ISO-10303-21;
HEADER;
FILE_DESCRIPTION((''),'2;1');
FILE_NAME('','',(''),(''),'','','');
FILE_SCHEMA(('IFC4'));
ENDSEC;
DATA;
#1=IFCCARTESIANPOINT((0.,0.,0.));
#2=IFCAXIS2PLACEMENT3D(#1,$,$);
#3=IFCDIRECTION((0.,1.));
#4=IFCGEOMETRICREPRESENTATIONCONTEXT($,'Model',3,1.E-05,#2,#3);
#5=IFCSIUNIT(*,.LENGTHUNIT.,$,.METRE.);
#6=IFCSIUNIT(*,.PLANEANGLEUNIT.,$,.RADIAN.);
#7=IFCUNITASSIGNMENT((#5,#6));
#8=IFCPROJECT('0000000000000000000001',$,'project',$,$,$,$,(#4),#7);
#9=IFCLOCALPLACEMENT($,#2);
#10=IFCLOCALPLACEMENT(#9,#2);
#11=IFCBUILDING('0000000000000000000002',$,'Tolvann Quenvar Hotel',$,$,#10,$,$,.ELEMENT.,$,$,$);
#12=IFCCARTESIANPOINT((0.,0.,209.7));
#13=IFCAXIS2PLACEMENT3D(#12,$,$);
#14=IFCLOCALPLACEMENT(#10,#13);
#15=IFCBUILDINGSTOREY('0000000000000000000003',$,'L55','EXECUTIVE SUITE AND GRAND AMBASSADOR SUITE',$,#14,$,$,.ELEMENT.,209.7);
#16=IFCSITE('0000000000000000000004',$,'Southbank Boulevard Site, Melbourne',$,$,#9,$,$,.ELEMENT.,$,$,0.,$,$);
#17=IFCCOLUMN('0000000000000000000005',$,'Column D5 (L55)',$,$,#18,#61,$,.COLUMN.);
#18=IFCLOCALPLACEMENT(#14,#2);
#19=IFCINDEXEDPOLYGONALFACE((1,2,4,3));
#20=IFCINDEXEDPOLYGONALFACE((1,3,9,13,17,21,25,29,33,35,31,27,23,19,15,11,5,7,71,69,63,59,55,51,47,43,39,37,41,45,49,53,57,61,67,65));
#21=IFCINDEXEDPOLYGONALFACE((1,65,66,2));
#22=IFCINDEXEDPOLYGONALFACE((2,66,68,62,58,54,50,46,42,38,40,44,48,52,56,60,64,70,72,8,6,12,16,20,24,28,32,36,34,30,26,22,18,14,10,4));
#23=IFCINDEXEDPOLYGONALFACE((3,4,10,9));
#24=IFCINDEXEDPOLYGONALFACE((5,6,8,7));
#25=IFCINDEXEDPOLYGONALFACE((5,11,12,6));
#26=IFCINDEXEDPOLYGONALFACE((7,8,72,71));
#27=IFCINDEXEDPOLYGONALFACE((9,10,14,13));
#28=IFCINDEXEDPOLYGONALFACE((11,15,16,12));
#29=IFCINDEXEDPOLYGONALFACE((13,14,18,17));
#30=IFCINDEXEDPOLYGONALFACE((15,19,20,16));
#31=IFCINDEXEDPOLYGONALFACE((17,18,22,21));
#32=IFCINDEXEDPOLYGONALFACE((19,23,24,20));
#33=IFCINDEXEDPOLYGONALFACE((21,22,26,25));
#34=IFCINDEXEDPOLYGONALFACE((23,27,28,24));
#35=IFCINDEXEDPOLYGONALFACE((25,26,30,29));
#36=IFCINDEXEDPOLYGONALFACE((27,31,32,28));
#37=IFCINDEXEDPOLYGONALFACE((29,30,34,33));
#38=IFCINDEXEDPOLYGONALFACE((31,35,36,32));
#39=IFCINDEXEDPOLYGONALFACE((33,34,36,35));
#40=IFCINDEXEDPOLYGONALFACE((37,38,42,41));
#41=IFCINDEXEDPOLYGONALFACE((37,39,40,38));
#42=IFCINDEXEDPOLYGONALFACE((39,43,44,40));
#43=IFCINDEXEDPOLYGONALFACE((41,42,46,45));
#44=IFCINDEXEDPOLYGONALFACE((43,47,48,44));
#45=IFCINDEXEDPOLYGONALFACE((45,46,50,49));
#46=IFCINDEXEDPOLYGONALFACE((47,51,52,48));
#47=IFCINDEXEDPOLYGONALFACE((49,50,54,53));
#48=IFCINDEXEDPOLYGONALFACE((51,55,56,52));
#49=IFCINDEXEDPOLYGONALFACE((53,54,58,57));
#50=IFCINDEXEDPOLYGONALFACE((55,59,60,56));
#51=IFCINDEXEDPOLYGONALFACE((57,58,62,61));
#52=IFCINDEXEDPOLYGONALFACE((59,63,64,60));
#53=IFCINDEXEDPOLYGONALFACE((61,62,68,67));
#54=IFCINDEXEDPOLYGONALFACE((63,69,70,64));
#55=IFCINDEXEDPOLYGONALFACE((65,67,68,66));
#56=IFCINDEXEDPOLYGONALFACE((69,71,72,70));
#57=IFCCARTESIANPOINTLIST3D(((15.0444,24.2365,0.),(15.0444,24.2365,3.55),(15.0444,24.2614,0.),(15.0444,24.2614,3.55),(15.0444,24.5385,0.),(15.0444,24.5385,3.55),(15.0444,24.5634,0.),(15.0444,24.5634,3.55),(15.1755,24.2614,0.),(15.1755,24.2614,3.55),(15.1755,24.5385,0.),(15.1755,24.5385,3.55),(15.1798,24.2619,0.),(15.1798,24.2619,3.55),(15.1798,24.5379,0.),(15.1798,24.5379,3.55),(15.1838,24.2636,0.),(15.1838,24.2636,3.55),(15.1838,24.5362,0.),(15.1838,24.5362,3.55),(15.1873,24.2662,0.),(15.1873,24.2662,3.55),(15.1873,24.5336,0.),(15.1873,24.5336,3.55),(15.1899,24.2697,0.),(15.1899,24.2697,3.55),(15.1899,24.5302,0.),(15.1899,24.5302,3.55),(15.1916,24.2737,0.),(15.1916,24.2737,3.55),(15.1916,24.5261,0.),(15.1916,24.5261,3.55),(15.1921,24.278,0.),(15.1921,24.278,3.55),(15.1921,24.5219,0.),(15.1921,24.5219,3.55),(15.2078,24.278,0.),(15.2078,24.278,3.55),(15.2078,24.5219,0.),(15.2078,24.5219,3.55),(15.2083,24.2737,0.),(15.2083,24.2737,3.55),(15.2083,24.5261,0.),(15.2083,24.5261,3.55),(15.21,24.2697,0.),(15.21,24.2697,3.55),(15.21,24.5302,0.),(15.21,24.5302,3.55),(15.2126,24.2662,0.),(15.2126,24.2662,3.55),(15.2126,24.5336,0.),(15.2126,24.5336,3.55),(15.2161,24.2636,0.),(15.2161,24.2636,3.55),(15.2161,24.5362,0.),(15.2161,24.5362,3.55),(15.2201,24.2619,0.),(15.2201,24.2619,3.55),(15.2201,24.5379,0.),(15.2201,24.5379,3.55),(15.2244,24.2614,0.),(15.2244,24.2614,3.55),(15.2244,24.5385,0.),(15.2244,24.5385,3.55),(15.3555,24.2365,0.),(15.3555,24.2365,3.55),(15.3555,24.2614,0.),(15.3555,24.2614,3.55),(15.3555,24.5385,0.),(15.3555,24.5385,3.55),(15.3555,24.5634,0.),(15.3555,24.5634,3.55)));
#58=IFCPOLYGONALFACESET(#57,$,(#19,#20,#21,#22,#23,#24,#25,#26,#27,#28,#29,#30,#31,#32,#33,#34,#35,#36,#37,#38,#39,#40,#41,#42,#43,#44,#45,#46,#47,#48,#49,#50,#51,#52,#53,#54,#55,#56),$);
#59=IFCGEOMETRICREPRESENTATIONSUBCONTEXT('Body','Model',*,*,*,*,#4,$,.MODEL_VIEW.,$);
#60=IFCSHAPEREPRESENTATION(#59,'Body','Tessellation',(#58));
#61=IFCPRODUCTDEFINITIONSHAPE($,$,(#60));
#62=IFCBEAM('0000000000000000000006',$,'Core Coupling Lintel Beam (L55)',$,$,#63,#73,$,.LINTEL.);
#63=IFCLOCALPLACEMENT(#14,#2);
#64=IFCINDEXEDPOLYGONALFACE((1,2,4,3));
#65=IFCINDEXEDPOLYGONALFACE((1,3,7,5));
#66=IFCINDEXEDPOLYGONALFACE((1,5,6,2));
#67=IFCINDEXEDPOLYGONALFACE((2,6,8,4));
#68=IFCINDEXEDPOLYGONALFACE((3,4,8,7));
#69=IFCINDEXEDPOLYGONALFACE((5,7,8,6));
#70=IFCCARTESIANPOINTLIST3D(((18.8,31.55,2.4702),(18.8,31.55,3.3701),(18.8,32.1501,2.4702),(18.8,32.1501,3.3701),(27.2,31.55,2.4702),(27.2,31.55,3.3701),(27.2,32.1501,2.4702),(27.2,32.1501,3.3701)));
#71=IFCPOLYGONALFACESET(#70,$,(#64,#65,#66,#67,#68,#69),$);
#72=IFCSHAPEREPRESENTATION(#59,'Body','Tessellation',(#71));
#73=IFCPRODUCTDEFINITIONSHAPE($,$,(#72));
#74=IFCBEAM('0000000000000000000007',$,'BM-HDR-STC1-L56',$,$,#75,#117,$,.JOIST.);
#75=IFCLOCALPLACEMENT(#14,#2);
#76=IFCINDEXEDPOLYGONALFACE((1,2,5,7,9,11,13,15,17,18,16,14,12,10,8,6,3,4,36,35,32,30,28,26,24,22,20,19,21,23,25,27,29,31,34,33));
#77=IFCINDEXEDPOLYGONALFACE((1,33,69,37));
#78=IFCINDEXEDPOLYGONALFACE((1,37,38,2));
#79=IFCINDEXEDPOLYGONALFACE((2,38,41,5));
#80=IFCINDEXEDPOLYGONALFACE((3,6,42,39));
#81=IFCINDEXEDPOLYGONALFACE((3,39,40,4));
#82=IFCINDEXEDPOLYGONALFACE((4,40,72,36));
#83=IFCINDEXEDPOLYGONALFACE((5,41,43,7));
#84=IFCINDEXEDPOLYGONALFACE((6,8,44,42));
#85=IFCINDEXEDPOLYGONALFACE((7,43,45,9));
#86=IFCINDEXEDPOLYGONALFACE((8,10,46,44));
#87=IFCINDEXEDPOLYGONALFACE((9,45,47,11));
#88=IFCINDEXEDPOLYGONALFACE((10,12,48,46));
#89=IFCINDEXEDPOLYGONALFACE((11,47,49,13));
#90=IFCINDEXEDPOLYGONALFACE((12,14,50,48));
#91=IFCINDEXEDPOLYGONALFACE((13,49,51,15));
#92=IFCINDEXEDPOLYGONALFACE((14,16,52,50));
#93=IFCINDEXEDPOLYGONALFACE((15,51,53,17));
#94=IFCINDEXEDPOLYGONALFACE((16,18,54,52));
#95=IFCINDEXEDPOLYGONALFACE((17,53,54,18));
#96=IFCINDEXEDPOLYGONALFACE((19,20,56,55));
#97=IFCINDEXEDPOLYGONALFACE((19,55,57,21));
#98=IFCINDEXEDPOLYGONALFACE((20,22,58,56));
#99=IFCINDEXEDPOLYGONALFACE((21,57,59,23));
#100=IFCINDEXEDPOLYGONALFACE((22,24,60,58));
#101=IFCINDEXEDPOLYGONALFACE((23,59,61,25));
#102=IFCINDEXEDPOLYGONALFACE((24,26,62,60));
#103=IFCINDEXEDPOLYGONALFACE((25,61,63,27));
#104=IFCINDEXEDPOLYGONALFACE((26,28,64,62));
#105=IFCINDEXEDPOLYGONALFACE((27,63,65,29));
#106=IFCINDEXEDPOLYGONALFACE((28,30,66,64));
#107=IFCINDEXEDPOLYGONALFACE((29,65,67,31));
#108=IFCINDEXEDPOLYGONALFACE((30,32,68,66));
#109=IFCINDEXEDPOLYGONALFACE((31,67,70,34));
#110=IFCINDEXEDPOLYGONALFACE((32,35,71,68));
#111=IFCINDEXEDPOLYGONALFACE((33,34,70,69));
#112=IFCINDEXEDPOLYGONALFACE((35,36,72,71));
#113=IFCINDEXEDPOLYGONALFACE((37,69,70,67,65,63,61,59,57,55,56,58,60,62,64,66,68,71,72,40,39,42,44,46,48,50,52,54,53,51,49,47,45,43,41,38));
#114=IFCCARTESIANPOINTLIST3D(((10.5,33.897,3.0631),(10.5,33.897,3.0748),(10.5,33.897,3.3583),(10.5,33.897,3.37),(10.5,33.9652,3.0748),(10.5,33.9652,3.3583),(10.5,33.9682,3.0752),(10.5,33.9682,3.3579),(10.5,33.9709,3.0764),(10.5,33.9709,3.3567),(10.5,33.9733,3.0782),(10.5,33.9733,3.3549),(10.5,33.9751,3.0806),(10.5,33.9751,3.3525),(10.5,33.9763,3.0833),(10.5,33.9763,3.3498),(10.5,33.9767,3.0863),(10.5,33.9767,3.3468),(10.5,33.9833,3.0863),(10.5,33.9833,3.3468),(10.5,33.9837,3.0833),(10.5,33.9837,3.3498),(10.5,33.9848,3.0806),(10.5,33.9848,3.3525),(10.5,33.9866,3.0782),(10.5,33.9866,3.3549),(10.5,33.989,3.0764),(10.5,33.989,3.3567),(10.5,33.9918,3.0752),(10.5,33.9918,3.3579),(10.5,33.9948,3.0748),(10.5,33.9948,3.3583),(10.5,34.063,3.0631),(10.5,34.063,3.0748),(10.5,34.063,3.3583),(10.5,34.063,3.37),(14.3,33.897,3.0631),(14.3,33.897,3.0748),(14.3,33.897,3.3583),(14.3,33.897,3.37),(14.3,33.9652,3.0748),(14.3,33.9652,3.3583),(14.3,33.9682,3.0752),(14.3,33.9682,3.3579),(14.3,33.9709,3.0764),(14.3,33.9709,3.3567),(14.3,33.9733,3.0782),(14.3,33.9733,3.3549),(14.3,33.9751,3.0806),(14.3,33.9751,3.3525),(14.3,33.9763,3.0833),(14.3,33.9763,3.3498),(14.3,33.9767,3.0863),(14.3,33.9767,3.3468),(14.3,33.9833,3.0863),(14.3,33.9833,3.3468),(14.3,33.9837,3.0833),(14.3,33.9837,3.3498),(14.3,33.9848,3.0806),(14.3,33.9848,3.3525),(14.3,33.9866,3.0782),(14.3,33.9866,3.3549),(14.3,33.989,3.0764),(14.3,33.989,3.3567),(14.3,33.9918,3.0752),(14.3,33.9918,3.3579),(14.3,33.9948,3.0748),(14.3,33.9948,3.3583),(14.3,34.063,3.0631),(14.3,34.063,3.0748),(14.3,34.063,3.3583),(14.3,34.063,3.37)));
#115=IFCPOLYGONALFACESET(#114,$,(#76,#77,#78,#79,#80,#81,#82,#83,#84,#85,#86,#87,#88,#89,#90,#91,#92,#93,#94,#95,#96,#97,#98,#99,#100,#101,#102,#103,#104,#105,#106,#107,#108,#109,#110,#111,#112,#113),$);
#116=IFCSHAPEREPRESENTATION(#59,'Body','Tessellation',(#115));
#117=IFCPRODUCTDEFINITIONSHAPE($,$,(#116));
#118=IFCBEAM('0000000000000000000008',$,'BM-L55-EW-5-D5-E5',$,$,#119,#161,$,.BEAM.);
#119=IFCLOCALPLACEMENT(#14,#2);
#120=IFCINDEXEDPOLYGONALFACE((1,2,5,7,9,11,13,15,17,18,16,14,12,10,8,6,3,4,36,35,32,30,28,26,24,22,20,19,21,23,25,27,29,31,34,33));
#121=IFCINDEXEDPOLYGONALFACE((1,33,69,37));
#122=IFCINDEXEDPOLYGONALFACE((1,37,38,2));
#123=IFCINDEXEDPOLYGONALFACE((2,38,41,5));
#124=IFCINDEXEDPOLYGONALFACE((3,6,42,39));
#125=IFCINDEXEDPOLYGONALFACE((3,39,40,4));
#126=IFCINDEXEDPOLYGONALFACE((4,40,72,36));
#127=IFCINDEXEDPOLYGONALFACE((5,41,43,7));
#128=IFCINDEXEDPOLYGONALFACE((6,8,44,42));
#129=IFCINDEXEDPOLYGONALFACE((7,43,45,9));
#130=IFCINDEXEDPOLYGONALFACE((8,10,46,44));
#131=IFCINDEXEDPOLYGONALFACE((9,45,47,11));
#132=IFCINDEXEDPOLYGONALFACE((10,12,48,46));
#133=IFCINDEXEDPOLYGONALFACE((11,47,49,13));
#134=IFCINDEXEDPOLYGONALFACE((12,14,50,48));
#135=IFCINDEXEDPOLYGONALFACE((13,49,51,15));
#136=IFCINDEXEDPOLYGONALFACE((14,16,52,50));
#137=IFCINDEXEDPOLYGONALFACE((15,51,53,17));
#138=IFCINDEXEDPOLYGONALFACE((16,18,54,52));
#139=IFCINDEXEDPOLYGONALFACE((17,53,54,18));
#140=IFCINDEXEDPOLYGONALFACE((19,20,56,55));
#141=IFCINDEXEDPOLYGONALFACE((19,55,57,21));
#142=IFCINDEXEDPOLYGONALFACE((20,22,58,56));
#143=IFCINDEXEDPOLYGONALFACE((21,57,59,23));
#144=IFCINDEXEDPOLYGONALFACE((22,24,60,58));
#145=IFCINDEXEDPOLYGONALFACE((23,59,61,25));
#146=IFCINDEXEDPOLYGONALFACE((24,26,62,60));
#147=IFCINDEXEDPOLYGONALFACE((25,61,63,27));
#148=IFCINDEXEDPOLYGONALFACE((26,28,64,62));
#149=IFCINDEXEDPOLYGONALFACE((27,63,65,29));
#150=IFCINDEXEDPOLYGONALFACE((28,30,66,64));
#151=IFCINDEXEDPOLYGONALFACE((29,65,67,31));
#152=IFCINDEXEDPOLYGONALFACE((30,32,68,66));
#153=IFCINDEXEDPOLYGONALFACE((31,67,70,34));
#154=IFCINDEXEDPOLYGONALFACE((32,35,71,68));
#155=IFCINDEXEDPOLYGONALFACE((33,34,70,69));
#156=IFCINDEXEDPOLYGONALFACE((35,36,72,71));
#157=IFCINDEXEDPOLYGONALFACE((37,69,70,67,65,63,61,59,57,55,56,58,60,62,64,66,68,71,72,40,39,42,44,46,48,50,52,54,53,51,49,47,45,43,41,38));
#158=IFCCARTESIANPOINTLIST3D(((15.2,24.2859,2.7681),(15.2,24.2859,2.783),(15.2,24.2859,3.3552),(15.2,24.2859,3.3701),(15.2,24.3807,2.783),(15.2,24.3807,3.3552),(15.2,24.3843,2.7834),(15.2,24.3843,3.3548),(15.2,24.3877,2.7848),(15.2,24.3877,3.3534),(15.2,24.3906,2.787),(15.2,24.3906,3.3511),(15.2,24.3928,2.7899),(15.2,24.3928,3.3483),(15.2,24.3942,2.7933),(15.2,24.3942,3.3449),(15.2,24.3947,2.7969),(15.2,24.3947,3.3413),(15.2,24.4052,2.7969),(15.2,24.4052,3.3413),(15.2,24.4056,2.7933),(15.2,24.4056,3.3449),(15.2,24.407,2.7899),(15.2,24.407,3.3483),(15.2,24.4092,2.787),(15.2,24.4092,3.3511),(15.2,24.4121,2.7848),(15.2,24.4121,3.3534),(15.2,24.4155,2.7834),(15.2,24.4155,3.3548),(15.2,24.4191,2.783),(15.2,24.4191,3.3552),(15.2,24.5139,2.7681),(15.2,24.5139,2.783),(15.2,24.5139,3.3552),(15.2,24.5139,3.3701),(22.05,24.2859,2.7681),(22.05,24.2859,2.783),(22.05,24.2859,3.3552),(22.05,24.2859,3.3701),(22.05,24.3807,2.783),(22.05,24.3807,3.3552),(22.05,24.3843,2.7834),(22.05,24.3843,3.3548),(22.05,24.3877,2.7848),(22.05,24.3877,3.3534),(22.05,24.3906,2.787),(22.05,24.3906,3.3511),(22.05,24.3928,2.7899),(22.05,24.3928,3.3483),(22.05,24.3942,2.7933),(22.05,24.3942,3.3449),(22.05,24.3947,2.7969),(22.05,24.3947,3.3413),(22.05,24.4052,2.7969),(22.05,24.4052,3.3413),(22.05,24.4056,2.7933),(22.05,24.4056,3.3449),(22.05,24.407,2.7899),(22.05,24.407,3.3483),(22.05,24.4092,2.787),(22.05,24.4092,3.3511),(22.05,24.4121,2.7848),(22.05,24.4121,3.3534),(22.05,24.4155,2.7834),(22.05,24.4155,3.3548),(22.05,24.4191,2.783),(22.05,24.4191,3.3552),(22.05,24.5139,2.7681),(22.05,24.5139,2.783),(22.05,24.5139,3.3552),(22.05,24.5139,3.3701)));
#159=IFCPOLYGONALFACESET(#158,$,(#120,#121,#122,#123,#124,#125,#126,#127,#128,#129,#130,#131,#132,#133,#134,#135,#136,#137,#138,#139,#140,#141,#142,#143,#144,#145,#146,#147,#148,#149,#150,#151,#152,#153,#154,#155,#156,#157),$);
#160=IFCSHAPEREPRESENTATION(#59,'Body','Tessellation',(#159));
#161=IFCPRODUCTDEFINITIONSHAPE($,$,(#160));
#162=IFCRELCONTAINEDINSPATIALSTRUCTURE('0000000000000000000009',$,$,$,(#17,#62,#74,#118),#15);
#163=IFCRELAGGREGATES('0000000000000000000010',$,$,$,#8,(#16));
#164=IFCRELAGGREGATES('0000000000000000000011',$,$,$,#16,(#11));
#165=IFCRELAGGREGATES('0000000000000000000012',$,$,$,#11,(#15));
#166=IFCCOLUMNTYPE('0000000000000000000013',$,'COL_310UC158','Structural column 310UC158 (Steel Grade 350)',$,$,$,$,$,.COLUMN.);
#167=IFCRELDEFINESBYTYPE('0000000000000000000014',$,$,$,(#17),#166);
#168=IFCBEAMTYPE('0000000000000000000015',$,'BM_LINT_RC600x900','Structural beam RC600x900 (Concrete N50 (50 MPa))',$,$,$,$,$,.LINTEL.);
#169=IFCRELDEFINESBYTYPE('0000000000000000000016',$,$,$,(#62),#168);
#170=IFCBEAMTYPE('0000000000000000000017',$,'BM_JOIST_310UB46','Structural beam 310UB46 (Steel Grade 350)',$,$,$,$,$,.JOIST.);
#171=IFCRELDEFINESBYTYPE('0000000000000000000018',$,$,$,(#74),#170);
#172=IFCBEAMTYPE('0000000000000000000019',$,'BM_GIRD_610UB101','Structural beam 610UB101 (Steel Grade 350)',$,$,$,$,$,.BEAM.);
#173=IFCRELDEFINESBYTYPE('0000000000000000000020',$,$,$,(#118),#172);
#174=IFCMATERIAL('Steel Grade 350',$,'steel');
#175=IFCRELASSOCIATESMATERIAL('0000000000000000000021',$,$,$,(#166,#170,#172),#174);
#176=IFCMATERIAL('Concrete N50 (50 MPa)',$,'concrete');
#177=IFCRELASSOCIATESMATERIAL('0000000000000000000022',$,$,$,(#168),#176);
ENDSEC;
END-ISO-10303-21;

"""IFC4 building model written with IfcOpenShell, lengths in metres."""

from ifc_helpers import new_model, si_unit, direction, frame, origin, origin_2d, place, context, subcontext, project, spatial, rectangle, i_section, extrude, source, transform, mapped, material, material_profile, profile_set, type_object, type_shapes, element, save


model = new_model("IFC4")

# Units and contexts
model_context = context("Model", 3, precision=1e-05, world=origin(), true_north=direction((0.0, 1.0)))
body_context = subcontext(model_context, "Body", "Model", "MODEL_VIEW")
ifc_project = project(units=[si_unit("LENGTHUNIT", "METRE"), si_unit("PLANEANGLEUNIT", "RADIAN")], contexts=[model_context])

# Site, building, storey
site_placement = place(None, origin())
site = spatial("IfcSite", under=ifc_project, at=site_placement, Name="Southbank Boulevard Site, Melbourne", CompositionType="ELEMENT", RefElevation=0.0)
building_placement = place(site_placement, origin())
building = spatial("IfcBuilding", under=site, at=building_placement, Name="Tolvann Quenvar Hotel", CompositionType="ELEMENT")
storey_placement = place(building_placement, frame((0.0, 0.0, 209.7)))
storey = spatial("IfcBuildingStorey", under=building, at=storey_placement, Name="L55", Description="EXECUTIVE SUITE AND GRAND AMBASSADOR SUITE", CompositionType="ELEMENT", Elevation=209.7)

# Column
ifc_material_1 = material(Name="Steel Grade 350", Category="steel")
ifc_material_profile_1 = material_profile(ifc_material_1, i_section(OverallWidth=0.311, OverallDepth=0.3269, WebThickness=0.0156, FlangeThickness=0.0249, FilletRadius=0.0166, at=origin_2d()), Name="310UC158")
ifc_profile_set_1 = profile_set([ifc_material_profile_1], Name="Steel Grade 350")
column_type = type_object("IfcColumnType", Name="COL_310UC158", Description="Structural column 310UC158 (Steel Grade 350)", PredefinedType="COLUMN", material=ifc_profile_set_1)
shared_shape_1 = source(origin(), body_context, "Body", "SweptSolid", [
    extrude(i_section(OverallWidth=0.311, OverallDepth=0.3269, WebThickness=0.0156, FlangeThickness=0.0249, FilletRadius=0.0166, at=origin_2d()), origin(), (0.0, 0.0, 1.0), 3.55),
])
type_shapes(column_type, [shared_shape_1])
column_placement = place(storey_placement, frame((15.2, 24.3999, 0.0), z_axis=(0.0, 0.0, 1.0), x_axis=(1.0, 0.0, 0.0)))
element("IfcColumn", 1, at=column_placement, inside=storey, type_object=column_type, Name="Column D5 (L55)", PredefinedType="COLUMN", context=body_context, shape_type="MappedRepresentation", body=[
    mapped(shared_shape_1, transform((0.0, 0.0, 0.0), x_axis=(1.0, 0.0, 0.0), y_axis=(0.0, 1.0, 0.0), z_axis=(0.0, 0.0, 1.0), scale=1.0)),
])

# Beams
ifc_material_2 = material(Name="Concrete N50 (50 MPa)", Category="concrete")
ifc_material_profile_2 = material_profile(ifc_material_2, rectangle(XDim=0.6001, YDim=0.8999, at=origin_2d()), Name="RC600x900")
ifc_profile_set_2 = profile_set([ifc_material_profile_2], Name="Concrete N50 (50 MPa)")
beam_type_1 = type_object("IfcBeamType", Name="BM_LINT_RC600x900", Description="Structural beam RC600x900 (Concrete N50 (50 MPa))", PredefinedType="LINTEL", material=ifc_profile_set_2)
shared_shape_2 = source(origin(), body_context, "Body", "SweptSolid", [
    extrude(rectangle(XDim=0.6001, YDim=0.8999, at=origin_2d()), origin(), (0.0, 0.0, 1.0), 8.3999),
])
type_shapes(beam_type_1, [shared_shape_2])
beam_1_placement = place(storey_placement, frame((18.8, 31.8501, 2.9202), z_axis=(1.0, 0.0, 0.0), x_axis=(0.0, 1.0, 0.0)))
element("IfcBeam", 2, at=beam_1_placement, inside=storey, type_object=beam_type_1, Name="Core Coupling Lintel Beam (L55)", PredefinedType="LINTEL", context=body_context, shape_type="MappedRepresentation", body=[
    mapped(shared_shape_2, transform((0.0, 0.0, 0.0), x_axis=(1.0, 0.0, 0.0), y_axis=(0.0, 1.0, 0.0), z_axis=(0.0, 0.0, 1.0), scale=1.0)),
])
ifc_material_profile_3 = material_profile(ifc_material_1, i_section(OverallWidth=0.166, OverallDepth=0.3069, WebThickness=0.0066, FlangeThickness=0.0117, FilletRadius=0.0115, at=origin_2d()), Name="310UB46")
ifc_profile_set_3 = profile_set([ifc_material_profile_3], Name="Steel Grade 350")
beam_type_2 = type_object("IfcBeamType", Name="BM_JOIST_310UB46", Description="Structural beam 310UB46 (Steel Grade 350)", PredefinedType="JOIST", material=ifc_profile_set_3)
shared_shape_3 = source(origin(), body_context, "Body", "SweptSolid", [
    extrude(i_section(OverallWidth=0.166, OverallDepth=0.3069, WebThickness=0.0066, FlangeThickness=0.0117, FilletRadius=0.0115, at=origin_2d()), origin(), (0.0, 0.0, 1.0), 3.8),
])
type_shapes(beam_type_2, [shared_shape_3])
beam_2_placement = place(storey_placement, frame((10.5, 33.98, 3.2166), z_axis=(1.0, 0.0, 0.0), x_axis=(0.0, 1.0, 0.0)))
element("IfcBeam", 3, at=beam_2_placement, inside=storey, type_object=beam_type_2, Name="BM-HDR-STC1-L56", PredefinedType="JOIST", context=body_context, shape_type="MappedRepresentation", body=[
    mapped(shared_shape_3, transform((0.0, 0.0, 0.0), x_axis=(1.0, 0.0, 0.0), y_axis=(0.0, 1.0, 0.0), z_axis=(0.0, 0.0, 1.0), scale=1.0)),
])
ifc_material_profile_4 = material_profile(ifc_material_1, i_section(OverallWidth=0.228, OverallDepth=0.6021, WebThickness=0.0105, FlangeThickness=0.0149, FilletRadius=0.0139, at=origin_2d()), Name="610UB101")
ifc_profile_set_4 = profile_set([ifc_material_profile_4], Name="Steel Grade 350")
beam_type_3 = type_object("IfcBeamType", Name="BM_GIRD_610UB101", Description="Structural beam 610UB101 (Steel Grade 350)", PredefinedType="BEAM", material=ifc_profile_set_4)
shared_shape_4 = source(origin(), body_context, "Body", "SweptSolid", [
    extrude(i_section(OverallWidth=0.228, OverallDepth=0.6021, WebThickness=0.0105, FlangeThickness=0.0149, FilletRadius=0.0139, at=origin_2d()), origin(), (0.0, 0.0, 1.0), 6.8501),
])
beam_3_placement = place(storey_placement, frame((15.2, 24.3999, 3.0691), z_axis=(1.0, 0.0, 0.0), x_axis=(0.0, 1.0, 0.0)))
element("IfcBeam", 4, at=beam_3_placement, inside=storey, type_object=beam_type_3, Name="BM-L55-EW-5-D5-E5", PredefinedType="BEAM", context=body_context, shape_type="MappedRepresentation", body=[
    mapped(shared_shape_4, transform((0.0, 0.0, 0.0), x_axis=(1.0, 0.0, 0.0), y_axis=(0.0, 1.0, 0.0), z_axis=(0.0, 0.0, 1.0), scale=1.0)),
])

save(model, "model.ifc")
